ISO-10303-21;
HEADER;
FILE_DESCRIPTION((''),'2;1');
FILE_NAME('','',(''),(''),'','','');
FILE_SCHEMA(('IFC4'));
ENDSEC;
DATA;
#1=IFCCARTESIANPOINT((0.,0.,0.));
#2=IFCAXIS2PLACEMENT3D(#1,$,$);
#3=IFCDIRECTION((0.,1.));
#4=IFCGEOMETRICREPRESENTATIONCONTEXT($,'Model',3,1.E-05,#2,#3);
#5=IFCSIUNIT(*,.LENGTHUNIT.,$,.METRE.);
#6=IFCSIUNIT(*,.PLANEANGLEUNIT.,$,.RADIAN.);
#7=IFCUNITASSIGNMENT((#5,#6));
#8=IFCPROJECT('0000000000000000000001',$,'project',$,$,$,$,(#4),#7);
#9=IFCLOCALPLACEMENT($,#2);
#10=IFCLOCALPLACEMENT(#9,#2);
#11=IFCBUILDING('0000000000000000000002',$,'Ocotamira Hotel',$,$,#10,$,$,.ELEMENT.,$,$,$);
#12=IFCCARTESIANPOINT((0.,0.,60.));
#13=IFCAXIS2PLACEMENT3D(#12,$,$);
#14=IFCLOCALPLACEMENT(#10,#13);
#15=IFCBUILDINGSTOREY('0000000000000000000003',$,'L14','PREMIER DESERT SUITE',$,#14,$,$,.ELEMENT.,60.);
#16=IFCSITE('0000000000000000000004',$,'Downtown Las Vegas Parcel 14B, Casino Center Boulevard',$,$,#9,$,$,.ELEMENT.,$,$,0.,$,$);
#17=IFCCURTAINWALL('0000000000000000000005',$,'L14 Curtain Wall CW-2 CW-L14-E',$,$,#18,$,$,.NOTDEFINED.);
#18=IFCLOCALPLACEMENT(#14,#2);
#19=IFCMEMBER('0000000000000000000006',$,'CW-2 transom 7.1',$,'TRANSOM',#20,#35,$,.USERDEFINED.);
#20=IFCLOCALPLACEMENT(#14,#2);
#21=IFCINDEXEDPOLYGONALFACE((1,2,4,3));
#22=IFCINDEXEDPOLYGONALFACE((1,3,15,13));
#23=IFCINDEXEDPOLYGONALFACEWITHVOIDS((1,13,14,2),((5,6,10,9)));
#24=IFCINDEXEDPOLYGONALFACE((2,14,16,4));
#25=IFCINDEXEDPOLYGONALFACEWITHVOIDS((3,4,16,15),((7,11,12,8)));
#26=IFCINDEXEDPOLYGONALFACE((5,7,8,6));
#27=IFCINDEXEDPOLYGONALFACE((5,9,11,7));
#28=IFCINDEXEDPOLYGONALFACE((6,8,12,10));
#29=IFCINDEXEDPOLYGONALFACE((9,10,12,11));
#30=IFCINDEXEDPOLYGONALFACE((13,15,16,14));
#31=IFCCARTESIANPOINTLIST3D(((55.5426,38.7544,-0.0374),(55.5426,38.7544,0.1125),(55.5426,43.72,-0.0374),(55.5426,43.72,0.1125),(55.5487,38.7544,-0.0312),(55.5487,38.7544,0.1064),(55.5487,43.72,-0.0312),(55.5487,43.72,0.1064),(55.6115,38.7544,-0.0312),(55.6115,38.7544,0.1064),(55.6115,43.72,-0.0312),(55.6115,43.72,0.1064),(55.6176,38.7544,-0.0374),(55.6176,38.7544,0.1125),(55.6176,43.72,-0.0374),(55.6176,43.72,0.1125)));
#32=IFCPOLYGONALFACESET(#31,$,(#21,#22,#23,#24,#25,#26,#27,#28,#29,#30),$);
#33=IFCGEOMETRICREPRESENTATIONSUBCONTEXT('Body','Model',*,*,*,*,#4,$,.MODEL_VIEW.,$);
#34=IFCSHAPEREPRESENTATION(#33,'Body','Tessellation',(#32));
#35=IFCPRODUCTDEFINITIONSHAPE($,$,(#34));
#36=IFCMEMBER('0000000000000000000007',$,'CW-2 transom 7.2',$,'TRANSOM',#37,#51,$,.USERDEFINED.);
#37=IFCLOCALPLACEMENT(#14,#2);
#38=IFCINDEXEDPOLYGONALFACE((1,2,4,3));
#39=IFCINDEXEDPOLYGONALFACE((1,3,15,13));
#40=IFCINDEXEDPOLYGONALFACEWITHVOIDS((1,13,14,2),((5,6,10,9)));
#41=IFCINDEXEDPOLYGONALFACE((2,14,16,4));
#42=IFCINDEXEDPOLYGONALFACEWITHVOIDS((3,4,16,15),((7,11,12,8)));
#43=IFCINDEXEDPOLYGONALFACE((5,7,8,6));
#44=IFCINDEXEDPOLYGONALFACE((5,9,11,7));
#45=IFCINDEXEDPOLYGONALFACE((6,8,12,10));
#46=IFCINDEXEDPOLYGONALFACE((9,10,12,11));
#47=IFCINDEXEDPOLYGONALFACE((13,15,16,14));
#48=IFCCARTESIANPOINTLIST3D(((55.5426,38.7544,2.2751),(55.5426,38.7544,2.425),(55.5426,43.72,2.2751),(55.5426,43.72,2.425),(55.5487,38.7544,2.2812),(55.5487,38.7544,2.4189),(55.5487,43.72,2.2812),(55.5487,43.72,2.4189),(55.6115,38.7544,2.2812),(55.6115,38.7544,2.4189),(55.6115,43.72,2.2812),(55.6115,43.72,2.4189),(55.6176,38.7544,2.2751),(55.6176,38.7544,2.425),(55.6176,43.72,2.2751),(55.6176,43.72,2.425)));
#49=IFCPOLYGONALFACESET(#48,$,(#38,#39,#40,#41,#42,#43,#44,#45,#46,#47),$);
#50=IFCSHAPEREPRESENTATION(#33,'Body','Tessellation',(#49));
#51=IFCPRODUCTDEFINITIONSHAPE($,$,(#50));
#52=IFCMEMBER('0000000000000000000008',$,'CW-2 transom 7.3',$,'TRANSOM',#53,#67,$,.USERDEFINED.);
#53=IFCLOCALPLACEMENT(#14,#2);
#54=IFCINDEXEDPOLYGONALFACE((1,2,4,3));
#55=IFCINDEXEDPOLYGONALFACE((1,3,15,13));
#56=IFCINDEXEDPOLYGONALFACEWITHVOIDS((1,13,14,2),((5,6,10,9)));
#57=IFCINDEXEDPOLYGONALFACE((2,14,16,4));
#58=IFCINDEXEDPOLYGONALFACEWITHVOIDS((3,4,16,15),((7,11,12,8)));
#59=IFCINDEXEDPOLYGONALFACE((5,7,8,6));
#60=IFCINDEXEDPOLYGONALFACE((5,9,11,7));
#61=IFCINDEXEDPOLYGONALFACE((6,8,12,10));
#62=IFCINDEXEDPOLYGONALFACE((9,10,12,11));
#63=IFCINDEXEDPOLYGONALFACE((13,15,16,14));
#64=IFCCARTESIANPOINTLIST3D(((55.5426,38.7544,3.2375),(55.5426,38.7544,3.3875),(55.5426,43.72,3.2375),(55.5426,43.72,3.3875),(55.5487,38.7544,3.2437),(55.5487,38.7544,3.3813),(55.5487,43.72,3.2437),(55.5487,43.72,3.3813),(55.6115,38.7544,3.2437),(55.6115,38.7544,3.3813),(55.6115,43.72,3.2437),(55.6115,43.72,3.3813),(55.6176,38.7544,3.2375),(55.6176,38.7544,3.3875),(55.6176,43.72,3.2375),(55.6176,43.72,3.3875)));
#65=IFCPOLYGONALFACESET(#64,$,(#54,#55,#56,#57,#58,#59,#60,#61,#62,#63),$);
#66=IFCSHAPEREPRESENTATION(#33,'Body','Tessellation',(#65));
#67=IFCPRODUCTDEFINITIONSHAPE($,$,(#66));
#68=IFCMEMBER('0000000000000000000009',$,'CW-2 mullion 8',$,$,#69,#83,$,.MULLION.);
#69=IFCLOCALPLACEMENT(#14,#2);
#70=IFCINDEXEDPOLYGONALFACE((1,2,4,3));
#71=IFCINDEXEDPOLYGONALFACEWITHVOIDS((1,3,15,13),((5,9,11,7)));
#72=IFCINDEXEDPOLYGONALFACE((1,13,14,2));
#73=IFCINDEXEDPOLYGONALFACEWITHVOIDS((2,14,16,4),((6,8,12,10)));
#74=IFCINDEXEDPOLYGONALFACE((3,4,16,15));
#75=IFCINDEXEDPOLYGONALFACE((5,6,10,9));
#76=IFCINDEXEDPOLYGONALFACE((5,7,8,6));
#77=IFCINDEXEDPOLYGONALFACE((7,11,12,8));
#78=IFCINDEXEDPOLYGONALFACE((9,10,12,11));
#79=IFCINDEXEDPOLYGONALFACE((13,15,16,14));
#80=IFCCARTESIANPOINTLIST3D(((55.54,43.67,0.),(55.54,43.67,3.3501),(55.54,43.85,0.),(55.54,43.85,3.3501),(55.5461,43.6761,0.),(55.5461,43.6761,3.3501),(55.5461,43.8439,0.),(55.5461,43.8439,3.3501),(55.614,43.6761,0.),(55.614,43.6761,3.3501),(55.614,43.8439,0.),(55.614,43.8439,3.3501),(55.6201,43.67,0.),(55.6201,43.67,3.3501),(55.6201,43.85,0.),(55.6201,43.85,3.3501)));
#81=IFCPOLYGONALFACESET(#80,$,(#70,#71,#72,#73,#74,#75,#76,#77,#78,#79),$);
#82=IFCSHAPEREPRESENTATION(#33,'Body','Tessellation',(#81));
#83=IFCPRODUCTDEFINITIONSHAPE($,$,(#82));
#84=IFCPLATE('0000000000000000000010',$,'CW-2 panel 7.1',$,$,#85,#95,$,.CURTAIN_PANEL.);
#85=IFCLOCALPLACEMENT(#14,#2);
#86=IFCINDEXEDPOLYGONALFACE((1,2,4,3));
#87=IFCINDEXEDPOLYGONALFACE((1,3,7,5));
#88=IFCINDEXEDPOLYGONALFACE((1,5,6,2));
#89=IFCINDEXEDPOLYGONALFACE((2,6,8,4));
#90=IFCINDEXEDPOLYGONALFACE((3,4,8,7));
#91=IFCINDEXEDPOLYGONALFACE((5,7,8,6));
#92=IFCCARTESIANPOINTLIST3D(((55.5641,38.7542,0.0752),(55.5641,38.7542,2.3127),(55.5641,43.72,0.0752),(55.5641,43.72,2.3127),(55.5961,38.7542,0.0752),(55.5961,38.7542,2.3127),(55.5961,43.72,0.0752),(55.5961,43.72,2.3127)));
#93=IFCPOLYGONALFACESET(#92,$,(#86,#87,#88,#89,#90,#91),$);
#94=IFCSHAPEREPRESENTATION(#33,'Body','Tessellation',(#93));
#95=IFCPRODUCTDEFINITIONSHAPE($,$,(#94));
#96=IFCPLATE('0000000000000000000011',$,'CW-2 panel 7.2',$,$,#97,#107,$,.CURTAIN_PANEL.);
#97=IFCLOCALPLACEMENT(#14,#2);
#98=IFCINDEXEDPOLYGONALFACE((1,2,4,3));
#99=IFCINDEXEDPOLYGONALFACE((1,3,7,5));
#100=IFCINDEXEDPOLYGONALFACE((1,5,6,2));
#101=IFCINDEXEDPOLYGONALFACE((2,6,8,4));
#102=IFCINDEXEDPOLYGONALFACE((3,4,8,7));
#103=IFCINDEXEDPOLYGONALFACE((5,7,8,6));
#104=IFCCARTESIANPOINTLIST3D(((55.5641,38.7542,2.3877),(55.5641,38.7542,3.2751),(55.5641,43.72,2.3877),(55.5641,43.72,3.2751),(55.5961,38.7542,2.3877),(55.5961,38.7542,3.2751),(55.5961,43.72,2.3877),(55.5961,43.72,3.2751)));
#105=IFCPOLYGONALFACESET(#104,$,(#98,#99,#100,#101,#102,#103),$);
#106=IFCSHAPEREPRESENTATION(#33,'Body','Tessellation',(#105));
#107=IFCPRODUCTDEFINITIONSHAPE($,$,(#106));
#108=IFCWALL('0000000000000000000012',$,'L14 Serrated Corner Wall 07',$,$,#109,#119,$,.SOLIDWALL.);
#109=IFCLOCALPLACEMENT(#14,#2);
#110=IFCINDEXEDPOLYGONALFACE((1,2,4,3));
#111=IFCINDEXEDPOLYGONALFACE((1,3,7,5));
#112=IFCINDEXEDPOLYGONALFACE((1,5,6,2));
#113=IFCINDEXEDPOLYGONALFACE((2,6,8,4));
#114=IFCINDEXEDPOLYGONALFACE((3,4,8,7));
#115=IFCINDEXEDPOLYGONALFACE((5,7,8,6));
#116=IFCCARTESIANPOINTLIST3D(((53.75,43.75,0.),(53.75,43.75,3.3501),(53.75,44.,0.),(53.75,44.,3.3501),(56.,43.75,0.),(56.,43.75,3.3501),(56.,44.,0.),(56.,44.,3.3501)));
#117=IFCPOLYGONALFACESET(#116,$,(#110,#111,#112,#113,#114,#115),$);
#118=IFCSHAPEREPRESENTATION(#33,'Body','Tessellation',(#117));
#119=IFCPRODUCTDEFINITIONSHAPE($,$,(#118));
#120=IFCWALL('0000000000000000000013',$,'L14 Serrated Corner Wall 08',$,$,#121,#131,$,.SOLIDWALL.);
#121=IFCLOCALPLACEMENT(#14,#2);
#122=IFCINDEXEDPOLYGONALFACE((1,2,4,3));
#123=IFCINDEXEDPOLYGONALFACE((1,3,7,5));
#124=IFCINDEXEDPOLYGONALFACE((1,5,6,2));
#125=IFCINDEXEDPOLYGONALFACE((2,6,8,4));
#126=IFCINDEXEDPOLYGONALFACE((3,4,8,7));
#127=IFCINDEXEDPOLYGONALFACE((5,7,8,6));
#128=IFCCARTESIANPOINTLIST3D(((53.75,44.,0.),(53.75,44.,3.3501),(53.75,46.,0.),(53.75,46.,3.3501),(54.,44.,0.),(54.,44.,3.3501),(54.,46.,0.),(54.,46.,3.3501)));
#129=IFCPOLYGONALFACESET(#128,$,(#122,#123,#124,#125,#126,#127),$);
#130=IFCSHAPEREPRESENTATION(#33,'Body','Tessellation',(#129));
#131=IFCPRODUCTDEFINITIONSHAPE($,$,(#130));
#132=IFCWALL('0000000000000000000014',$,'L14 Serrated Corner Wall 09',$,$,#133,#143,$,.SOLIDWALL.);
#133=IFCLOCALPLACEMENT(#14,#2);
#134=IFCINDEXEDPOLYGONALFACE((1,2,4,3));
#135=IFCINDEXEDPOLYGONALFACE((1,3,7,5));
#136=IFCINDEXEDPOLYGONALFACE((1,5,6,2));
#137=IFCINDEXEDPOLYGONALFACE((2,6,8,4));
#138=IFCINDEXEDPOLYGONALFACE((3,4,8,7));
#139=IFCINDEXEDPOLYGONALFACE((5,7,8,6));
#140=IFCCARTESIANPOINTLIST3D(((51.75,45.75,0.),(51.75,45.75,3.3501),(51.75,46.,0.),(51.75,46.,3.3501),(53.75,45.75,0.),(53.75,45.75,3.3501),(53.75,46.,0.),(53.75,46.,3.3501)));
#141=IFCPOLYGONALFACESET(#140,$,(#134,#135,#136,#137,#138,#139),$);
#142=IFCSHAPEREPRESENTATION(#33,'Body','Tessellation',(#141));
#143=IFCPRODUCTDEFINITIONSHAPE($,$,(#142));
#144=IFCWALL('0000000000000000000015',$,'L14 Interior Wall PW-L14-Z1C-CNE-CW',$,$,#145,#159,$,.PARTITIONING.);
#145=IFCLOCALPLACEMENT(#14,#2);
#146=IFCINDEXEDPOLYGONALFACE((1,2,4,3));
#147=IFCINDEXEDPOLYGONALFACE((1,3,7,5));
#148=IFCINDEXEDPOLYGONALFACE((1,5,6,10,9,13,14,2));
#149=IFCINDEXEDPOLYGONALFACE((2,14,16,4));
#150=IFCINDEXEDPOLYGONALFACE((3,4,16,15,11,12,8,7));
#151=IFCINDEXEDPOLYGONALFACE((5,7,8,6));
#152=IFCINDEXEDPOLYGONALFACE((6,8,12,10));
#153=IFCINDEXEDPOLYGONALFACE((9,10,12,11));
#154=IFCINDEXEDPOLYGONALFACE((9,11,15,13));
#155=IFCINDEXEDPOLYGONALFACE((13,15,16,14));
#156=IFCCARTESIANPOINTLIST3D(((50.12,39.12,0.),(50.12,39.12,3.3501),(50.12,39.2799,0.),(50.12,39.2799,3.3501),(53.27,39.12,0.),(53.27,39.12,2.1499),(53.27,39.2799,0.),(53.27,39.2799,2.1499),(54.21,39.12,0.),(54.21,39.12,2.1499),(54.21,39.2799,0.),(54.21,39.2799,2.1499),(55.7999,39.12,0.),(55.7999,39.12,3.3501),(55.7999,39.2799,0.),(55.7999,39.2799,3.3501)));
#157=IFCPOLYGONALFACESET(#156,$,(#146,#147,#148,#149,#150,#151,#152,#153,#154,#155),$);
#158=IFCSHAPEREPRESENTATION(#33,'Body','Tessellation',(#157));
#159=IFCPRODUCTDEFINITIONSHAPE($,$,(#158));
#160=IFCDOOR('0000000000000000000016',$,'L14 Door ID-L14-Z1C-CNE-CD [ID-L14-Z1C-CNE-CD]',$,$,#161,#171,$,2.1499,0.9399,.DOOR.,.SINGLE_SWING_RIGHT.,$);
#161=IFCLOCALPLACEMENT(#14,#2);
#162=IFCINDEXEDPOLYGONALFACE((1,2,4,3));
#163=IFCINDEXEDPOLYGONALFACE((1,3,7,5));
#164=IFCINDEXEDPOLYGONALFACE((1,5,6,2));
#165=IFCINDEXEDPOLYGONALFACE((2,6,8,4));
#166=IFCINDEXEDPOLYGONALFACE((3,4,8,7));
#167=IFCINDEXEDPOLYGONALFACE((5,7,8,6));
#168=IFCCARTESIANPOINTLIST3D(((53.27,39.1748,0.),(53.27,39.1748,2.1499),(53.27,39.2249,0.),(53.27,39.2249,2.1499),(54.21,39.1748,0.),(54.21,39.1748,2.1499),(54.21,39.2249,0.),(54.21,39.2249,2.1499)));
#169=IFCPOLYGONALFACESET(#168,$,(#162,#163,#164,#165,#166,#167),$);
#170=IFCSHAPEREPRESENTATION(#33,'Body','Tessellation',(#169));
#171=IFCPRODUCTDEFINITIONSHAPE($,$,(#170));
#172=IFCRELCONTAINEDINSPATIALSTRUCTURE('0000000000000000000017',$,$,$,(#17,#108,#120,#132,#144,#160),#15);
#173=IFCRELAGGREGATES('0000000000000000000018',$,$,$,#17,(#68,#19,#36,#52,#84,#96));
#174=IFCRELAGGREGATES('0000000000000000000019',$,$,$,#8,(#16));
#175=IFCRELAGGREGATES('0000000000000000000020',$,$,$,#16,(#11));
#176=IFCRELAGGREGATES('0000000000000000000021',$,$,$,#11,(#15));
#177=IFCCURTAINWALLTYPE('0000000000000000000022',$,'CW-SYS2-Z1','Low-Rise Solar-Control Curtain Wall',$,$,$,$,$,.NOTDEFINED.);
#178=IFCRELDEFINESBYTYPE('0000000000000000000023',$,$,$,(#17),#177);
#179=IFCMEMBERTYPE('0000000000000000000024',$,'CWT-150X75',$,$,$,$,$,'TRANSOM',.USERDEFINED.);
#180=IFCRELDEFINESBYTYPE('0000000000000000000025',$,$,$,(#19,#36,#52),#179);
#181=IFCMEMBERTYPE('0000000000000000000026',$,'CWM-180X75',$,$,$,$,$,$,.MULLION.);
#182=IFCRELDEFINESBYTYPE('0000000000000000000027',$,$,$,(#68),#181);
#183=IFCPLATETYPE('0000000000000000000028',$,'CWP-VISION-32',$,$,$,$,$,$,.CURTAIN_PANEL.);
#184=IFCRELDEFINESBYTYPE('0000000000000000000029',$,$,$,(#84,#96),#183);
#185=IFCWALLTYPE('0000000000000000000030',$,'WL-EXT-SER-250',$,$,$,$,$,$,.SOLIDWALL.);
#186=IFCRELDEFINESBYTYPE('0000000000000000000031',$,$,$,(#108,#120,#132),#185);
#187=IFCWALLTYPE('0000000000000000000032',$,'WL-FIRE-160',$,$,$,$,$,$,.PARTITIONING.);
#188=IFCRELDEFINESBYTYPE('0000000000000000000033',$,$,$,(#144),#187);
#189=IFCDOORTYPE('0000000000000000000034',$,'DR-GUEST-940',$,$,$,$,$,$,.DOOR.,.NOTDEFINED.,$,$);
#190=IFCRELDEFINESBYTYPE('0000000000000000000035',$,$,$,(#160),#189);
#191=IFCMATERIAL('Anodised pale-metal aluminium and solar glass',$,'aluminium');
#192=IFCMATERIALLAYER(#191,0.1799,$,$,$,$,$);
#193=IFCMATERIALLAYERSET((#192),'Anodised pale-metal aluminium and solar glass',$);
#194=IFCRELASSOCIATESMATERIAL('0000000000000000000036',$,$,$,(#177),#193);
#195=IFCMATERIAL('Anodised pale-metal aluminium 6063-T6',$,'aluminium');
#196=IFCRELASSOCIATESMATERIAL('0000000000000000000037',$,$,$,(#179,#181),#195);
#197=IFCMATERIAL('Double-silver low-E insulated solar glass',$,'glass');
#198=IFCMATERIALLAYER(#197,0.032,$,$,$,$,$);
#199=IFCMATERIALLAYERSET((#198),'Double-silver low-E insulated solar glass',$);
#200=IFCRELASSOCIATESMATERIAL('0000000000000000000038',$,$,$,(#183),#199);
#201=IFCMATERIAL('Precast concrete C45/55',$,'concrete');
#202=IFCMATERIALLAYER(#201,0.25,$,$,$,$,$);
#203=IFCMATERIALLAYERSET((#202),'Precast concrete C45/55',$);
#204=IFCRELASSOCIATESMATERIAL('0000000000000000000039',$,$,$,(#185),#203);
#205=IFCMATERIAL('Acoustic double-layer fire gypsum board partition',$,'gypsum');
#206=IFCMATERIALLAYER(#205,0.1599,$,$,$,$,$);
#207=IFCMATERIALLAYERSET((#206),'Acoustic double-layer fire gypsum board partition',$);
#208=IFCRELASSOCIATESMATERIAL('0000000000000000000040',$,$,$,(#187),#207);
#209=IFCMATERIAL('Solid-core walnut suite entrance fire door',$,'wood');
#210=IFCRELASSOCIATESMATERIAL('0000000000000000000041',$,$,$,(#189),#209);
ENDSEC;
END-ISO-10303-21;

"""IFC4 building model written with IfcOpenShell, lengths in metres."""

from ifc_helpers import new_model, si_unit, direction, frame, frame_2d, origin, origin_2d, place, context, subcontext, project, spatial, rectangle, hollow_rectangle, extrude, source, transform, mapped, material, layer, layer_set, material_profile, profile_set, type_object, element, fill, aggregate, save


model = new_model("IFC4")

# Units and contexts
model_context = context("Model", 3, precision=1e-05, world=origin(), true_north=direction((0.0, 1.0)))
body_context = subcontext(model_context, "Body", "Model", "MODEL_VIEW")
ifc_project = project(units=[si_unit("LENGTHUNIT", "METRE"), si_unit("PLANEANGLEUNIT", "RADIAN")], contexts=[model_context])

# Site, building, storey
site_placement = place(None, origin())
site = spatial("IfcSite", under=ifc_project, at=site_placement, Name="Downtown Las Vegas Parcel 14B, Casino Center Boulevard", CompositionType="ELEMENT", RefElevation=0.0)
building_placement = place(site_placement, origin())
building = spatial("IfcBuilding", under=site, at=building_placement, Name="Ocotamira Hotel", CompositionType="ELEMENT")
storey_placement = place(building_placement, frame((0.0, 0.0, 60.0)))
storey = spatial("IfcBuildingStorey", under=building, at=storey_placement, Name="L14", Description="PREMIER DESERT SUITE", CompositionType="ELEMENT", Elevation=60.0)

# Curtain wall, members, plates
ifc_material_1 = material(Name="Anodised pale-metal aluminium and solar glass", Category="aluminium")
ifc_layer_1 = layer(ifc_material_1, 0.1799)
ifc_layer_set_1 = layer_set([ifc_layer_1], Name="Anodised pale-metal aluminium and solar glass")
curtain_wall_type = type_object("IfcCurtainWallType", Name="CW-SYS2-Z1", Description="Low-Rise Solar-Control Curtain Wall", PredefinedType="NOTDEFINED", material=ifc_layer_set_1)
curtain_wall_placement = place(storey_placement, origin())
curtain_wall = element("IfcCurtainWall", 1, at=curtain_wall_placement, inside=storey, type_object=curtain_wall_type, Name="L14 Curtain Wall CW-2 CW-L14-E", PredefinedType="NOTDEFINED")
ifc_material_2 = material(Name="Anodised pale-metal aluminium 6063-T6", Category="aluminium")
ifc_material_profile_1 = material_profile(ifc_material_2, hollow_rectangle(XDim=0.075, YDim=0.1499, WallThickness=0.0061, at=origin_2d()), Name="HSS150X75X6")
ifc_profile_set_1 = profile_set([ifc_material_profile_1], Name="Anodised pale-metal aluminium 6063-T6")
member_type_1 = type_object("IfcMemberType", Name="CWT-150X75", ElementType="TRANSOM", PredefinedType="USERDEFINED", material=ifc_profile_set_1)
shared_shape_1 = source(origin(), body_context, "Body", "SweptSolid", [
    extrude(hollow_rectangle(XDim=0.075, YDim=0.1499, WallThickness=0.0061, at=origin_2d()), origin(), (0.0, 0.0, 1.0), 4.9656),
])
member_1_placement = place(storey_placement, frame((55.5801, 38.7544, 0.0376), z_axis=(0.0, 1.0, 0.0), x_axis=(-1.0, 0.0, 0.0)))
member_1 = element("IfcMember", 2, at=member_1_placement, type_object=member_type_1, Name="CW-2 transom 7.1", ObjectType="TRANSOM", PredefinedType="USERDEFINED", context=body_context, shape_type="MappedRepresentation", body=[
    mapped(shared_shape_1, transform((0.0, 0.0, 0.0), scale=1.0)),
])
member_2_placement = place(storey_placement, frame((55.5801, 38.7544, 2.3501), z_axis=(0.0, 1.0, 0.0), x_axis=(-1.0, 0.0, 0.0)))
member_2 = element("IfcMember", 3, at=member_2_placement, type_object=member_type_1, Name="CW-2 transom 7.2", ObjectType="TRANSOM", PredefinedType="USERDEFINED", context=body_context, shape_type="MappedRepresentation", body=[
    mapped(shared_shape_1, transform((0.0, 0.0, 0.0), scale=1.0)),
])
member_3_placement = place(storey_placement, frame((55.5801, 38.7544, 3.3125), z_axis=(0.0, 1.0, 0.0), x_axis=(-1.0, 0.0, 0.0)))
member_3 = element("IfcMember", 4, at=member_3_placement, type_object=member_type_1, Name="CW-2 transom 7.3", ObjectType="TRANSOM", PredefinedType="USERDEFINED", context=body_context, shape_type="MappedRepresentation", body=[
    mapped(shared_shape_1, transform((0.0, 0.0, 0.0), scale=1.0)),
])
ifc_material_profile_2 = material_profile(ifc_material_2, hollow_rectangle(XDim=0.0801, YDim=0.1799, WallThickness=0.0061, at=origin_2d()), Name="HSS180X80X6")
ifc_profile_set_2 = profile_set([ifc_material_profile_2], Name="Anodised pale-metal aluminium 6063-T6")
member_type_2 = type_object("IfcMemberType", Name="CWM-180X75", PredefinedType="MULLION", material=ifc_profile_set_2)
shared_shape_2 = source(origin(), body_context, "Body", "SweptSolid", [
    extrude(hollow_rectangle(XDim=0.0801, YDim=0.1799, WallThickness=0.0061, at=origin_2d()), origin(), (0.0, 0.0, 1.0), 3.3501),
])
member_4_placement = place(storey_placement, frame((55.5801, 43.76, 0.0), z_axis=(0.0, 0.0, 1.0), x_axis=(-1.0, 0.0, 0.0)))
member_4 = element("IfcMember", 5, at=member_4_placement, type_object=member_type_2, Name="CW-2 mullion 8", PredefinedType="MULLION", context=body_context, shape_type="MappedRepresentation", body=[
    mapped(shared_shape_2, transform((0.0, 0.0, 0.0), scale=1.0)),
])
ifc_material_3 = material(Name="Double-silver low-E insulated solar glass", Category="glass")
ifc_layer_2 = layer(ifc_material_3, 0.032)
ifc_layer_set_2 = layer_set([ifc_layer_2], Name="Double-silver low-E insulated solar glass")
plate_type = type_object("IfcPlateType", Name="CWP-VISION-32", PredefinedType="CURTAIN_PANEL", material=ifc_layer_set_2)
shared_shape_3 = source(origin(), body_context, "Body", "SweptSolid", [
    extrude(rectangle(XDim=4.9658, YDim=0.032, at=origin_2d()), origin(), (0.0, 0.0, 1.0), 2.2375),
])
plate_1_placement = place(storey_placement, frame((55.5801, 41.2371, 0.0752), z_axis=(0.0, 0.0, 1.0), x_axis=(0.0, 1.0, 0.0)))
plate_1 = element("IfcPlate", 6, at=plate_1_placement, type_object=plate_type, Name="CW-2 panel 7.1", PredefinedType="CURTAIN_PANEL", context=body_context, shape_type="MappedRepresentation", body=[
    mapped(shared_shape_3, transform((0.0, 0.0, 0.0), scale=1.0)),
])
shared_shape_4 = source(origin(), body_context, "Body", "SweptSolid", [
    extrude(rectangle(XDim=4.9658, YDim=0.032, at=origin_2d()), origin(), (0.0, 0.0, 1.0), 0.8875),
])
plate_2_placement = place(storey_placement, frame((55.5801, 41.2371, 2.3877), z_axis=(0.0, 0.0, 1.0), x_axis=(0.0, 1.0, 0.0)))
plate_2 = element("IfcPlate", 7, at=plate_2_placement, type_object=plate_type, Name="CW-2 panel 7.2", PredefinedType="CURTAIN_PANEL", context=body_context, shape_type="MappedRepresentation", body=[
    mapped(shared_shape_4, transform((0.0, 0.0, 0.0), scale=1.0)),
])
aggregate(curtain_wall, [member_4, member_1, member_2, member_3, plate_1, plate_2])

# Walls
ifc_material_4 = material(Name="Precast concrete C45/55", Category="concrete")
ifc_layer_3 = layer(ifc_material_4, 0.25)
ifc_layer_set_3 = layer_set([ifc_layer_3], Name="Precast concrete C45/55")
wall_type_1 = type_object("IfcWallType", Name="WL-EXT-SER-250", PredefinedType="SOLIDWALL", material=ifc_layer_set_3)
wall_1_placement = place(storey_placement, frame((56.0, 43.875, 0.0), z_axis=(0.0, 0.0, 1.0), x_axis=(-1.0, 0.0, 0.0)))
element("IfcWall", 8, at=wall_1_placement, inside=storey, type_object=wall_type_1, Name="L14 Serrated Corner Wall 07", PredefinedType="SOLIDWALL", context=body_context, shape_type="SweptSolid", body=[
    extrude(rectangle(XDim=2.25, YDim=0.25, at=frame_2d((1.125, 0.0))), origin(), (0.0, 0.0, 1.0), 3.3501),
])
for number, where, z_axis, x_axis, name in (
    (9, (53.875, 44.0, 0.0), (0.0, 0.0, 1.0), (0.0, 1.0, 0.0), "L14 Serrated Corner Wall 08"),
    (10, (53.75, 45.875, 0.0), (0.0, 0.0, 1.0), (-1.0, 0.0, 0.0), "L14 Serrated Corner Wall 09"),
):
    element("IfcWall", number, at=place(storey_placement, frame(where, z_axis=z_axis, x_axis=x_axis)), inside=storey, type_object=wall_type_1, Name=name, PredefinedType="SOLIDWALL", context=body_context, shape_type="SweptSolid", body=[
        extrude(rectangle(XDim=2.0, YDim=0.25, at=frame_2d((1.0, 0.0))), origin(), (0.0, 0.0, 1.0), 3.3501),
    ])

# Wall, opening, door
ifc_material_5 = material(Name="Acoustic double-layer fire gypsum board partition", Category="gypsum")
ifc_layer_4 = layer(ifc_material_5, 0.1599)
ifc_layer_set_4 = layer_set([ifc_layer_4], Name="Acoustic double-layer fire gypsum board partition")
wall_type_2 = type_object("IfcWallType", Name="WL-FIRE-160", PredefinedType="PARTITIONING", material=ifc_layer_set_4)
wall_2_placement = place(storey_placement, frame((50.1201, 39.2, 0.0), z_axis=(0.0, 0.0, 1.0), x_axis=(1.0, 0.0, 0.0)))
wall_2 = element("IfcWall", 11, at=wall_2_placement, inside=storey, type_object=wall_type_2, Name="L14 Interior Wall PW-L14-Z1C-CNE-CW", PredefinedType="PARTITIONING", context=body_context, shape_type="SweptSolid", body=[
    extrude(rectangle(XDim=5.6799, YDim=0.1599, at=frame_2d((2.8398, 0.0))), origin(), (0.0, 0.0, 1.0), 3.3501),
])
opening_1_placement = place(wall_2_placement, frame((3.1499, 0.0, 0.0)))
opening_1 = element("IfcOpeningElement", 12, at=opening_1_placement, cuts=wall_2, PredefinedType="OPENING", context=body_context, shape_type="SweptSolid", body=[
    extrude(rectangle(XDim=0.9399, YDim=2.1499, at=frame_2d((0.47, 1.075))), frame((0.0, 0.0898, 0.0), z_axis=(0.0, -1.0, 0.0), x_axis=(1.0, 0.0, 0.0)), (0.0, 0.0, 1.0), 0.1799),
])
ifc_material_6 = material(Name="Solid-core walnut suite entrance fire door", Category="wood")
door_type_1 = type_object("IfcDoorType", Name="DR-GUEST-940", OperationType="NOTDEFINED", PredefinedType="DOOR", material=ifc_material_6)
shared_shape_5 = source(origin(), body_context, "Body", "SweptSolid", [
    extrude(rectangle(XDim=0.9399, YDim=2.1499, at=frame_2d((0.47, 1.075))), frame((0.0, 0.0249, 0.0), z_axis=(0.0, -1.0, 0.0), x_axis=(1.0, 0.0, 0.0)), (0.0, 0.0, 1.0), 0.05),
])
door_1_placement = place(opening_1_placement, origin())
door_1 = element("IfcDoor", 13, at=door_1_placement, inside=storey, type_object=door_type_1, Name="L14 Door ID-L14-Z1C-CNE-CD [ID-L14-Z1C-CNE-CD]", OperationType="SINGLE_SWING_RIGHT", OverallHeight=2.1499, OverallWidth=0.9399, PredefinedType="DOOR", context=body_context, shape_type="MappedRepresentation", body=[
    mapped(shared_shape_5, transform((0.0, 0.0, 0.0), scale=1.0)),
])
fill(opening_1, door_1)

save(model, "model.ifc")
